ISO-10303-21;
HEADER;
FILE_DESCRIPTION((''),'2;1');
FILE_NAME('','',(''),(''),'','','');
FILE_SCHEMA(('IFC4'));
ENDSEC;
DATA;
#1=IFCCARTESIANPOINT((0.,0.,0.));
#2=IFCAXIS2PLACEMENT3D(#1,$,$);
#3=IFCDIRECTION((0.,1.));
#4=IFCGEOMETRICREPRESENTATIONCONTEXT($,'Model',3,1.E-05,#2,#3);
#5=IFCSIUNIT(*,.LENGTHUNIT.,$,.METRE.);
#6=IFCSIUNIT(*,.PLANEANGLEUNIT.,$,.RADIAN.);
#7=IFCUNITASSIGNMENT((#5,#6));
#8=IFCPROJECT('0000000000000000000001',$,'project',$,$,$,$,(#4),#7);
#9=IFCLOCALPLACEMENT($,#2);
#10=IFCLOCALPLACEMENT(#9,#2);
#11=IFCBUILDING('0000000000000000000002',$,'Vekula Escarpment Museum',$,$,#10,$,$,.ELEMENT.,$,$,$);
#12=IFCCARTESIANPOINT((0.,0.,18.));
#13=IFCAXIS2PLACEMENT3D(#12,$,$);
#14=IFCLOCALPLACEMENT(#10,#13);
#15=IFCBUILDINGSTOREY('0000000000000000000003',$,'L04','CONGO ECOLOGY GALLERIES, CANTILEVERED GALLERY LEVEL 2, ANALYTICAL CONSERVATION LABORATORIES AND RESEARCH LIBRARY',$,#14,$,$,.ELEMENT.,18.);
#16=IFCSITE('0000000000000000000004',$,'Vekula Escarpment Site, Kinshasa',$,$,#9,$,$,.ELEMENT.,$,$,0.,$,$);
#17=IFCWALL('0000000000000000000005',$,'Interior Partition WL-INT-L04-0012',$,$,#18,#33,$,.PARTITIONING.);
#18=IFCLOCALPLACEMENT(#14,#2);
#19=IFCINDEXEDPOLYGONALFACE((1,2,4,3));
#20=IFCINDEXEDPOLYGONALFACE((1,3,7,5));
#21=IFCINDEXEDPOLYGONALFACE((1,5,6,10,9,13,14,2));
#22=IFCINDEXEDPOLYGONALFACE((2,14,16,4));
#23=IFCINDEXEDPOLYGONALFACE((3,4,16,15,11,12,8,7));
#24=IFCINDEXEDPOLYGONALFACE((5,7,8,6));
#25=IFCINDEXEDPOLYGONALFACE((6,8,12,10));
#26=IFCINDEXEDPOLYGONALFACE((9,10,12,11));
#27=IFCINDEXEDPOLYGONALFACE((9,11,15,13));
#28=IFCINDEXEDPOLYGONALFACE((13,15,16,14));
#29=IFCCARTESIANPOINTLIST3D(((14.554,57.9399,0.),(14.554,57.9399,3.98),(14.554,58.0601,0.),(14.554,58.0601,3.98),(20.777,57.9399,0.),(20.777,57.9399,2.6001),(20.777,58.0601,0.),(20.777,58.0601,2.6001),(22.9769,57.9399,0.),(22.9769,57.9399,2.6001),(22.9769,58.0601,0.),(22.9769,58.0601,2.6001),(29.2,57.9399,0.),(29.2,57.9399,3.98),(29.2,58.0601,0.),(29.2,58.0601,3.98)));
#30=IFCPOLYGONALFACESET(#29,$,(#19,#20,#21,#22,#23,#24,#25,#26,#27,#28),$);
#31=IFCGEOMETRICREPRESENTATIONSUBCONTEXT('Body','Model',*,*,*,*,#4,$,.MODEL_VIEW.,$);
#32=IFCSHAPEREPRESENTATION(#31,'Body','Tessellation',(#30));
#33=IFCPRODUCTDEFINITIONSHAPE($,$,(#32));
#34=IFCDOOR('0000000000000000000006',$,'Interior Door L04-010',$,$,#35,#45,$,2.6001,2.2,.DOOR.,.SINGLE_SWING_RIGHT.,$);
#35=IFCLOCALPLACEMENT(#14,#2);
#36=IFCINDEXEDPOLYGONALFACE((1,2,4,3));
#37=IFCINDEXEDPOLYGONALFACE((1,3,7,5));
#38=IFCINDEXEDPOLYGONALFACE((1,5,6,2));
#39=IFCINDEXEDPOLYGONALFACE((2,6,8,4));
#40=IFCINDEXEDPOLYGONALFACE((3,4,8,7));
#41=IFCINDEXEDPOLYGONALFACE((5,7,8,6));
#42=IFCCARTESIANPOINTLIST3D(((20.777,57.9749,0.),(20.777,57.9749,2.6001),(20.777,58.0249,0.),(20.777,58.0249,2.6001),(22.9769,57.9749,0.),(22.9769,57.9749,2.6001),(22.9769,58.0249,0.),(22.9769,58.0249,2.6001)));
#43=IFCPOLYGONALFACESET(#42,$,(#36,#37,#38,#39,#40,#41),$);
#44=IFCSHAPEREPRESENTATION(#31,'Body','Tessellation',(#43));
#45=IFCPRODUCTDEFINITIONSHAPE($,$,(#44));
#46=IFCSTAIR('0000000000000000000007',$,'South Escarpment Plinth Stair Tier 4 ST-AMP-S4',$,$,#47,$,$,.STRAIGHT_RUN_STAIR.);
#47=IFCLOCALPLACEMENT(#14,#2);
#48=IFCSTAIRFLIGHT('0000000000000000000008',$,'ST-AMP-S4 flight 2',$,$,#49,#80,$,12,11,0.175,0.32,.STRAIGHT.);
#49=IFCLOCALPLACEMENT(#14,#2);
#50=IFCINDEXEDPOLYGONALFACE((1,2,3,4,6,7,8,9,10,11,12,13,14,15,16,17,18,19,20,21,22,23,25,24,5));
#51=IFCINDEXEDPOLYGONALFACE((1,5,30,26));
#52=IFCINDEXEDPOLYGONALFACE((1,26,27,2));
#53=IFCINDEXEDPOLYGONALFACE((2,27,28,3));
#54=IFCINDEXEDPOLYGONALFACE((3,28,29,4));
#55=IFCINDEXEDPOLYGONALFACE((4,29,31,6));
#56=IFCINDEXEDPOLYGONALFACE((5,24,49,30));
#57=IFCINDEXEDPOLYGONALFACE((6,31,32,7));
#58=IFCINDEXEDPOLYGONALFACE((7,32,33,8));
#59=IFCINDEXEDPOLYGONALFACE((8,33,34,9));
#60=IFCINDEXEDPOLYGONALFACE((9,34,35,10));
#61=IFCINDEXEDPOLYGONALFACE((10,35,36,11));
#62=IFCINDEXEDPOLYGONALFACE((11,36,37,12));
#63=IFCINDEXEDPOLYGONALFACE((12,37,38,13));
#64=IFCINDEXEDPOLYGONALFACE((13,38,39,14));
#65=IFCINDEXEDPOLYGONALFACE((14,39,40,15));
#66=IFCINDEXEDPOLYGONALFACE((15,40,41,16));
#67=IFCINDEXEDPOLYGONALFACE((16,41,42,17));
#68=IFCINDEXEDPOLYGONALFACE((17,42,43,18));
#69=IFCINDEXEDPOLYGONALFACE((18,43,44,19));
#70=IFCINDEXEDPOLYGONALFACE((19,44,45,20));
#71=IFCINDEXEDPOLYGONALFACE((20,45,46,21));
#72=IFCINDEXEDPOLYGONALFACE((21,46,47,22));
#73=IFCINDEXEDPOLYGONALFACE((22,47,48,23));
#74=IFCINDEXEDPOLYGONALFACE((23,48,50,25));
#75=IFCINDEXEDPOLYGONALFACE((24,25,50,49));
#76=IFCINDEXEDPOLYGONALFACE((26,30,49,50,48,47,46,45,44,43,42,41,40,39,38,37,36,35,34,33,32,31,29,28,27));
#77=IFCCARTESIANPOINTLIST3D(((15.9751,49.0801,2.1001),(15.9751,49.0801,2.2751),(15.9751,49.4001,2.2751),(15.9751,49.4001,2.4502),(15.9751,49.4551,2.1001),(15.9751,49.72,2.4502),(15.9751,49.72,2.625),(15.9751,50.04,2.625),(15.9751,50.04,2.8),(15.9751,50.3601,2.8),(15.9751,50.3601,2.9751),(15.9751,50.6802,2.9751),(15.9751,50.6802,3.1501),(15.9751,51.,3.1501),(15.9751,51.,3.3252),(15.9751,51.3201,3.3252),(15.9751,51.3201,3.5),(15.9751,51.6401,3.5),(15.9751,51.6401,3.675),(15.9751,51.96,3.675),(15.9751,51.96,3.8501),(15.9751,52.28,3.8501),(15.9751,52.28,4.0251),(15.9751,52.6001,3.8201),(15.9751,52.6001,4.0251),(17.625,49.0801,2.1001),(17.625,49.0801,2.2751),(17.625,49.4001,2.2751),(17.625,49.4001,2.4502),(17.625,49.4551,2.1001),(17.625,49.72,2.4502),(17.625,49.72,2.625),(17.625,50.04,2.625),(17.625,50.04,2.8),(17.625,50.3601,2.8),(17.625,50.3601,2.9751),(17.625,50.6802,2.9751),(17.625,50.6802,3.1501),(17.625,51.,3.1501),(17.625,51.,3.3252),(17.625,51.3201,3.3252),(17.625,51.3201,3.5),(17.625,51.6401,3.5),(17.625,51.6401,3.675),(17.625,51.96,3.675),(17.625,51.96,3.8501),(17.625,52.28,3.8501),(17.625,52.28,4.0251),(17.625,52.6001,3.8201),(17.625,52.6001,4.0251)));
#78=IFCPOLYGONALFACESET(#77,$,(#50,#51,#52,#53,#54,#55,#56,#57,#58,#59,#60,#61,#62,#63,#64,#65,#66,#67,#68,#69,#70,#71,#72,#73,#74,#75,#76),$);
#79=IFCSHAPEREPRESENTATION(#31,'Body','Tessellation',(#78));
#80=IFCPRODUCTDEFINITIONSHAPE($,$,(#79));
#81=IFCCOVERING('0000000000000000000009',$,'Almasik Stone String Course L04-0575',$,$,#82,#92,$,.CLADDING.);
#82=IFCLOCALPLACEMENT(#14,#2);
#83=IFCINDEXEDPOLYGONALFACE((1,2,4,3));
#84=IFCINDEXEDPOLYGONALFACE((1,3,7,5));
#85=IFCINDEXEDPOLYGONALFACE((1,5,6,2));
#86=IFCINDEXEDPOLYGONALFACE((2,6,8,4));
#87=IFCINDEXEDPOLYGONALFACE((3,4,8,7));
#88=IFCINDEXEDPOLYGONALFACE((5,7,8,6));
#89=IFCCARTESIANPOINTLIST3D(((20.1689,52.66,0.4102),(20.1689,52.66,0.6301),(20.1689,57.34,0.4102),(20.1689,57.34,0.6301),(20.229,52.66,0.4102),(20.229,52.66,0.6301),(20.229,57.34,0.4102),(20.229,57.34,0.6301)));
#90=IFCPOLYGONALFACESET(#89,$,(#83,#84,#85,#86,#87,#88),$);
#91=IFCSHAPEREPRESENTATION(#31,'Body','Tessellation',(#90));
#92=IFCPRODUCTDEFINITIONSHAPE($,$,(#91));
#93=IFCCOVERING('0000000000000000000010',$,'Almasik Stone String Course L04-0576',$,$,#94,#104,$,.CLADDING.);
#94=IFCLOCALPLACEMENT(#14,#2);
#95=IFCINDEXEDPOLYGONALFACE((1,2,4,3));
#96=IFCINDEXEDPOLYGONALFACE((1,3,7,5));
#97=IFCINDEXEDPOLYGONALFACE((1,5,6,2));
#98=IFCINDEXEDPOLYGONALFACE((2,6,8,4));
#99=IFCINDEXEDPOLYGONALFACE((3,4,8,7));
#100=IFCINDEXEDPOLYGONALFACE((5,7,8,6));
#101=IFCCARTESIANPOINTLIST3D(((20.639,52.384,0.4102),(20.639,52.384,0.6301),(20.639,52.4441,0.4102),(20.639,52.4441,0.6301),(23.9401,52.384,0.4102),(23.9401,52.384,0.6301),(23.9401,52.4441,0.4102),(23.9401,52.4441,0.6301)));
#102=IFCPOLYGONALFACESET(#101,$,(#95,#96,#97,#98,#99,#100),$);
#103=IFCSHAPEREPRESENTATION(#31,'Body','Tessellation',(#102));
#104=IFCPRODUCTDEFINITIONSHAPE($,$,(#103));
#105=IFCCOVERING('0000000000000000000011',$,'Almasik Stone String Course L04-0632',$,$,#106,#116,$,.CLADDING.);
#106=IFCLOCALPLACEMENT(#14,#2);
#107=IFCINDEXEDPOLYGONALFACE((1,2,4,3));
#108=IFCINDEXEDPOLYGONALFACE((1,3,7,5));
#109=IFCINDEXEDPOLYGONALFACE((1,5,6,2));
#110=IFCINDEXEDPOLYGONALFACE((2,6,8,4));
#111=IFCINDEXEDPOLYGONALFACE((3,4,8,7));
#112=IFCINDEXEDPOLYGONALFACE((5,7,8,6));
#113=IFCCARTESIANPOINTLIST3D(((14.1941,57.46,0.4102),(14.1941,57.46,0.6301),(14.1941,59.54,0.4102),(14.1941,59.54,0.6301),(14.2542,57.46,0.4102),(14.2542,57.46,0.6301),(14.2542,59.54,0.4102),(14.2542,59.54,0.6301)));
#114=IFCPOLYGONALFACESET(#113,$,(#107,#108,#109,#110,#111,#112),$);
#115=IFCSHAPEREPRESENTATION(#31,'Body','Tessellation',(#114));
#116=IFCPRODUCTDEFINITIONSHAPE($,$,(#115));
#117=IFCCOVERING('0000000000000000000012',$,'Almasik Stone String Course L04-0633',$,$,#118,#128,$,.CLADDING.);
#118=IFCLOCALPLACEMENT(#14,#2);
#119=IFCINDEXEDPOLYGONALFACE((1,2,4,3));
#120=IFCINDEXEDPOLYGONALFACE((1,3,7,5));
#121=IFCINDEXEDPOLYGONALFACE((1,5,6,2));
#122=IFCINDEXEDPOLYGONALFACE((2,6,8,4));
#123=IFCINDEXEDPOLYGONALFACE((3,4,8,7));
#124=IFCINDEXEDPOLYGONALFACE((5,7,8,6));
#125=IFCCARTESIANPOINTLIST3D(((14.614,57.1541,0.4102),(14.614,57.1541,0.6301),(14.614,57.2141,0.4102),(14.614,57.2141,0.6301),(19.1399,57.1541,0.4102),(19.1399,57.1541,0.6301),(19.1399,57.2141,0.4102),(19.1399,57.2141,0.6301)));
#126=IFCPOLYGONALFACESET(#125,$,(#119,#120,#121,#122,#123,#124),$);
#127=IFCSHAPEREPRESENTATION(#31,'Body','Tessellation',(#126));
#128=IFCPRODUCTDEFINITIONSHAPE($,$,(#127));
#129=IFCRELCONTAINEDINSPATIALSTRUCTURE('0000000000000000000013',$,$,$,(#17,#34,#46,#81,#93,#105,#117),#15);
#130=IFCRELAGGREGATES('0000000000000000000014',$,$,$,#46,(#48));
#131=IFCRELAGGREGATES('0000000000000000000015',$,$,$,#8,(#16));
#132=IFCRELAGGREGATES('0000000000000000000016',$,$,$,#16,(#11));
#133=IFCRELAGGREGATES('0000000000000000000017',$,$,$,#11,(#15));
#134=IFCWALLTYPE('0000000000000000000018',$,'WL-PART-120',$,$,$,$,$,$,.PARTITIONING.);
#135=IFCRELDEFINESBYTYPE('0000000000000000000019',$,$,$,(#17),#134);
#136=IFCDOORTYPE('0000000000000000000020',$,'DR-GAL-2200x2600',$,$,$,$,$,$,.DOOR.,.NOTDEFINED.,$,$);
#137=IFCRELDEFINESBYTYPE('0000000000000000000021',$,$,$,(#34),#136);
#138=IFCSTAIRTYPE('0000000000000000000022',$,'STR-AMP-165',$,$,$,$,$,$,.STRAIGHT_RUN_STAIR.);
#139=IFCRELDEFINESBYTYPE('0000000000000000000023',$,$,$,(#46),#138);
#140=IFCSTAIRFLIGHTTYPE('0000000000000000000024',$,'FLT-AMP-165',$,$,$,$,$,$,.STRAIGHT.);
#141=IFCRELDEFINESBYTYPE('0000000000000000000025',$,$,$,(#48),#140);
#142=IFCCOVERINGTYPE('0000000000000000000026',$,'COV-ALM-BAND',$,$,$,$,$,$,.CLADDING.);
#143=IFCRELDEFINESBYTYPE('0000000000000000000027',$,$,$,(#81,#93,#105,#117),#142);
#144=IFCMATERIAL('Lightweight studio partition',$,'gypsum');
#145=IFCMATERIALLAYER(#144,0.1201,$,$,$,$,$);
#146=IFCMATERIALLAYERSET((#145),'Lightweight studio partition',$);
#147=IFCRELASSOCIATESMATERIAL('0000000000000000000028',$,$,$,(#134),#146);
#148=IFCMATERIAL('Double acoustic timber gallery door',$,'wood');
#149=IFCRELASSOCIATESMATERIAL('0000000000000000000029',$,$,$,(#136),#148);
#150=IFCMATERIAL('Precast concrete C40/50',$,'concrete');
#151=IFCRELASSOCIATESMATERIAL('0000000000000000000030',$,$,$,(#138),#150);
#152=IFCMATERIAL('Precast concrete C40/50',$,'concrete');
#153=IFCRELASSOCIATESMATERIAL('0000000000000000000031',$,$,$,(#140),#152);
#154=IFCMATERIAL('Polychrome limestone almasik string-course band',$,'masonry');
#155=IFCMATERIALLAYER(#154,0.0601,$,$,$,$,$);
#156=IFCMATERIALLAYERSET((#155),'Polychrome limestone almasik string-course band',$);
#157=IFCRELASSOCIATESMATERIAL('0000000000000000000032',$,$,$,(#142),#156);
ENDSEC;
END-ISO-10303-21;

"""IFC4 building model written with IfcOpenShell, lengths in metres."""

from ifc_helpers import new_model, si_unit, direction, frame, frame_2d, origin, origin_2d, place, context, subcontext, project, spatial, polyline, rectangle, outline, extrude, material, layer, layer_set, type_object, element, fill, aggregate, save


model = new_model("IFC4")

# Units and contexts
model_context = context("Model", 3, precision=1e-05, world=origin(), true_north=direction((0.0, 1.0)))
body_context = subcontext(model_context, "Body", "Model", "MODEL_VIEW")
ifc_project = project(units=[si_unit("LENGTHUNIT", "METRE"), si_unit("PLANEANGLEUNIT", "RADIAN")], contexts=[model_context])

# Site, building, storey
site_placement = place(None, origin())
site = spatial("IfcSite", under=ifc_project, at=site_placement, Name="Vekula Escarpment Site, Kinshasa", CompositionType="ELEMENT", RefElevation=0.0)
building_placement = place(site_placement, origin())
building = spatial("IfcBuilding", under=site, at=building_placement, Name="Vekula Escarpment Museum", CompositionType="ELEMENT")
storey_placement = place(building_placement, frame((0.0, 0.0, 18.0)))
storey = spatial("IfcBuildingStorey", under=building, at=storey_placement, Name="L04", Description="CONGO ECOLOGY GALLERIES, CANTILEVERED GALLERY LEVEL 2, ANALYTICAL CONSERVATION LABORATORIES AND RESEARCH LIBRARY", CompositionType="ELEMENT", Elevation=18.0)

# Wall, opening, door
ifc_material_1 = material(Name="Lightweight studio partition", Category="gypsum")
ifc_layer_1 = layer(ifc_material_1, 0.1201)
ifc_layer_set_1 = layer_set([ifc_layer_1], Name="Lightweight studio partition")
wall_type_1 = type_object("IfcWallType", Name="WL-PART-120", PredefinedType="PARTITIONING", material=ifc_layer_set_1)
wall_1_placement = place(storey_placement, frame((14.554, 58.0, 0.0), z_axis=(0.0, 0.0, 1.0), x_axis=(1.0, 0.0, 0.0)))
wall_1 = element("IfcWall", 1, at=wall_1_placement, inside=storey, type_object=wall_type_1, Name="Interior Partition WL-INT-L04-0012", PredefinedType="PARTITIONING", context=body_context, shape_type="SweptSolid", body=[
    extrude(rectangle(XDim=14.646, YDim=0.1201, at=frame_2d((7.323, 0.0))), origin(), (0.0, 0.0, 1.0), 3.98),
])
opening_1_placement = place(wall_1_placement, frame((6.2229, 0.0, 0.0)))
opening_1 = element("IfcOpeningElement", 2, at=opening_1_placement, cuts=wall_1, PredefinedType="OPENING", context=body_context, shape_type="SweptSolid", body=[
    extrude(rectangle(XDim=2.2, YDim=2.6001, at=frame_2d((1.1001, 1.3))), frame((0.0, 0.0701, 0.0), z_axis=(0.0, -1.0, 0.0), x_axis=(1.0, 0.0, 0.0)), (0.0, 0.0, 1.0), 0.1401),
])
ifc_material_2 = material(Name="Double acoustic timber gallery door", Category="wood")
door_type_1 = type_object("IfcDoorType", Name="DR-GAL-2200x2600", OperationType="NOTDEFINED", PredefinedType="DOOR", material=ifc_material_2)
door_1_placement = place(opening_1_placement, origin())
door_1 = element("IfcDoor", 3, at=door_1_placement, inside=storey, type_object=door_type_1, Name="Interior Door L04-010", OperationType="SINGLE_SWING_RIGHT", OverallHeight=2.6001, OverallWidth=2.2, PredefinedType="DOOR", context=body_context, shape_type="SweptSolid", body=[
    extrude(rectangle(XDim=2.2, YDim=2.6001, at=frame_2d((1.1001, 1.3))), frame((0.0, 0.0249, 0.0), z_axis=(0.0, -1.0, 0.0), x_axis=(1.0, 0.0, 0.0)), (0.0, 0.0, 1.0), 0.05),
])
fill(opening_1, door_1)

# Stair, stair flight
ifc_material_3 = material(Name="Precast concrete C40/50", Category="concrete")
stair_type = type_object("IfcStairType", Name="STR-AMP-165", PredefinedType="STRAIGHT_RUN_STAIR", material=ifc_material_3)
stair_placement = place(storey_placement, origin())
stair = element("IfcStair", 4, at=stair_placement, inside=storey, type_object=stair_type, Name="South Escarpment Plinth Stair Tier 4 ST-AMP-S4", PredefinedType="STRAIGHT_RUN_STAIR")
ifc_material_4 = material(Name="Precast concrete C40/50", Category="concrete")
stair_flight_type = type_object("IfcStairFlightType", Name="FLT-AMP-165", PredefinedType="STRAIGHT", material=ifc_material_4)
stair_flight_placement = place(storey_placement, frame((16.8, 49.0801, 2.1001), z_axis=(0.0, 0.0, 1.0), x_axis=(0.0, 1.0, 0.0)))
stair_flight = element("IfcStairFlight", 5, at=stair_flight_placement, type_object=stair_flight_type, Name="ST-AMP-S4 flight 2", NumberOfRisers=12, NumberOfTreads=11, PredefinedType="STRAIGHT", RiserHeight=0.175, TreadLength=0.32, context=body_context, shape_type="SweptSolid", body=[
    extrude(outline(polyline([(0.0, 0.0), (0.0, 0.175), (0.3201, 0.175), (0.3201, 0.3501), (0.6399, 0.3501), (0.6399, 0.5249), (0.96, 0.5249), (0.96, 0.7), (1.28, 0.7), (1.28, 0.875), (1.6001, 0.875), (1.6001, 1.05), (1.9199, 1.05), (1.9199, 1.2251), (2.24, 1.2251), (2.24, 1.3999), (2.5601, 1.3999), (2.5601, 1.575), (2.8799, 1.575), (2.8799, 1.75), (3.2, 1.75), (3.2, 1.925), (3.52, 1.925), (3.52, 2.1001), (3.52, 1.72), (0.375, 0.0), (0.0, 0.0)])), frame((0.0, 0.825, 0.0), z_axis=(0.0, -1.0, 0.0), x_axis=(1.0, 0.0, 0.0)), (0.0, 0.0, 1.0), 1.6499),
])
aggregate(stair, [stair_flight])

# Coverings
ifc_material_5 = material(Name="Polychrome limestone almasik string-course band", Category="masonry")
ifc_layer_2 = layer(ifc_material_5, 0.0601)
ifc_layer_set_2 = layer_set([ifc_layer_2], Name="Polychrome limestone almasik string-course band")
covering_type = type_object("IfcCoveringType", Name="COV-ALM-BAND", PredefinedType="CLADDING", material=ifc_layer_set_2)
covering_1_placement = place(storey_placement, frame((20.199, 55.0, 0.4102), z_axis=(0.0, 0.0, 1.0), x_axis=(0.0, 1.0, 0.0)))
element("IfcCovering", 6, at=covering_1_placement, inside=storey, type_object=covering_type, Name="Almasik Stone String Course L04-0575", PredefinedType="CLADDING", context=body_context, shape_type="SweptSolid", body=[
    extrude(rectangle(XDim=4.6799, YDim=0.0601, at=origin_2d()), origin(), (0.0, 0.0, 1.0), 0.22),
])
covering_2_placement = place(storey_placement, frame((22.2896, 52.4141, 0.4102), z_axis=(0.0, 0.0, 1.0), x_axis=(1.0, 0.0, 0.0)))
element("IfcCovering", 7, at=covering_2_placement, inside=storey, type_object=covering_type, Name="Almasik Stone String Course L04-0576", PredefinedType="CLADDING", context=body_context, shape_type="SweptSolid", body=[
    extrude(rectangle(XDim=3.301, YDim=0.0601, at=origin_2d()), origin(), (0.0, 0.0, 1.0), 0.22),
])
covering_3_placement = place(storey_placement, frame((14.2241, 58.5, 0.4102), z_axis=(0.0, 0.0, 1.0), x_axis=(0.0, 1.0, 0.0)))
element("IfcCovering", 8, at=covering_3_placement, inside=storey, type_object=covering_type, Name="Almasik Stone String Course L04-0632", PredefinedType="CLADDING", context=body_context, shape_type="SweptSolid", body=[
    extrude(rectangle(XDim=2.0801, YDim=0.0601, at=origin_2d()), origin(), (0.0, 0.0, 1.0), 0.22),
])
covering_4_placement = place(storey_placement, frame((16.877, 57.1841, 0.4102), z_axis=(0.0, 0.0, 1.0), x_axis=(1.0, 0.0, 0.0)))
element("IfcCovering", 9, at=covering_4_placement, inside=storey, type_object=covering_type, Name="Almasik Stone String Course L04-0633", PredefinedType="CLADDING", context=body_context, shape_type="SweptSolid", body=[
    extrude(rectangle(XDim=4.5259, YDim=0.0601, at=origin_2d()), origin(), (0.0, 0.0, 1.0), 0.22),
])

save(model, "model.ifc")
